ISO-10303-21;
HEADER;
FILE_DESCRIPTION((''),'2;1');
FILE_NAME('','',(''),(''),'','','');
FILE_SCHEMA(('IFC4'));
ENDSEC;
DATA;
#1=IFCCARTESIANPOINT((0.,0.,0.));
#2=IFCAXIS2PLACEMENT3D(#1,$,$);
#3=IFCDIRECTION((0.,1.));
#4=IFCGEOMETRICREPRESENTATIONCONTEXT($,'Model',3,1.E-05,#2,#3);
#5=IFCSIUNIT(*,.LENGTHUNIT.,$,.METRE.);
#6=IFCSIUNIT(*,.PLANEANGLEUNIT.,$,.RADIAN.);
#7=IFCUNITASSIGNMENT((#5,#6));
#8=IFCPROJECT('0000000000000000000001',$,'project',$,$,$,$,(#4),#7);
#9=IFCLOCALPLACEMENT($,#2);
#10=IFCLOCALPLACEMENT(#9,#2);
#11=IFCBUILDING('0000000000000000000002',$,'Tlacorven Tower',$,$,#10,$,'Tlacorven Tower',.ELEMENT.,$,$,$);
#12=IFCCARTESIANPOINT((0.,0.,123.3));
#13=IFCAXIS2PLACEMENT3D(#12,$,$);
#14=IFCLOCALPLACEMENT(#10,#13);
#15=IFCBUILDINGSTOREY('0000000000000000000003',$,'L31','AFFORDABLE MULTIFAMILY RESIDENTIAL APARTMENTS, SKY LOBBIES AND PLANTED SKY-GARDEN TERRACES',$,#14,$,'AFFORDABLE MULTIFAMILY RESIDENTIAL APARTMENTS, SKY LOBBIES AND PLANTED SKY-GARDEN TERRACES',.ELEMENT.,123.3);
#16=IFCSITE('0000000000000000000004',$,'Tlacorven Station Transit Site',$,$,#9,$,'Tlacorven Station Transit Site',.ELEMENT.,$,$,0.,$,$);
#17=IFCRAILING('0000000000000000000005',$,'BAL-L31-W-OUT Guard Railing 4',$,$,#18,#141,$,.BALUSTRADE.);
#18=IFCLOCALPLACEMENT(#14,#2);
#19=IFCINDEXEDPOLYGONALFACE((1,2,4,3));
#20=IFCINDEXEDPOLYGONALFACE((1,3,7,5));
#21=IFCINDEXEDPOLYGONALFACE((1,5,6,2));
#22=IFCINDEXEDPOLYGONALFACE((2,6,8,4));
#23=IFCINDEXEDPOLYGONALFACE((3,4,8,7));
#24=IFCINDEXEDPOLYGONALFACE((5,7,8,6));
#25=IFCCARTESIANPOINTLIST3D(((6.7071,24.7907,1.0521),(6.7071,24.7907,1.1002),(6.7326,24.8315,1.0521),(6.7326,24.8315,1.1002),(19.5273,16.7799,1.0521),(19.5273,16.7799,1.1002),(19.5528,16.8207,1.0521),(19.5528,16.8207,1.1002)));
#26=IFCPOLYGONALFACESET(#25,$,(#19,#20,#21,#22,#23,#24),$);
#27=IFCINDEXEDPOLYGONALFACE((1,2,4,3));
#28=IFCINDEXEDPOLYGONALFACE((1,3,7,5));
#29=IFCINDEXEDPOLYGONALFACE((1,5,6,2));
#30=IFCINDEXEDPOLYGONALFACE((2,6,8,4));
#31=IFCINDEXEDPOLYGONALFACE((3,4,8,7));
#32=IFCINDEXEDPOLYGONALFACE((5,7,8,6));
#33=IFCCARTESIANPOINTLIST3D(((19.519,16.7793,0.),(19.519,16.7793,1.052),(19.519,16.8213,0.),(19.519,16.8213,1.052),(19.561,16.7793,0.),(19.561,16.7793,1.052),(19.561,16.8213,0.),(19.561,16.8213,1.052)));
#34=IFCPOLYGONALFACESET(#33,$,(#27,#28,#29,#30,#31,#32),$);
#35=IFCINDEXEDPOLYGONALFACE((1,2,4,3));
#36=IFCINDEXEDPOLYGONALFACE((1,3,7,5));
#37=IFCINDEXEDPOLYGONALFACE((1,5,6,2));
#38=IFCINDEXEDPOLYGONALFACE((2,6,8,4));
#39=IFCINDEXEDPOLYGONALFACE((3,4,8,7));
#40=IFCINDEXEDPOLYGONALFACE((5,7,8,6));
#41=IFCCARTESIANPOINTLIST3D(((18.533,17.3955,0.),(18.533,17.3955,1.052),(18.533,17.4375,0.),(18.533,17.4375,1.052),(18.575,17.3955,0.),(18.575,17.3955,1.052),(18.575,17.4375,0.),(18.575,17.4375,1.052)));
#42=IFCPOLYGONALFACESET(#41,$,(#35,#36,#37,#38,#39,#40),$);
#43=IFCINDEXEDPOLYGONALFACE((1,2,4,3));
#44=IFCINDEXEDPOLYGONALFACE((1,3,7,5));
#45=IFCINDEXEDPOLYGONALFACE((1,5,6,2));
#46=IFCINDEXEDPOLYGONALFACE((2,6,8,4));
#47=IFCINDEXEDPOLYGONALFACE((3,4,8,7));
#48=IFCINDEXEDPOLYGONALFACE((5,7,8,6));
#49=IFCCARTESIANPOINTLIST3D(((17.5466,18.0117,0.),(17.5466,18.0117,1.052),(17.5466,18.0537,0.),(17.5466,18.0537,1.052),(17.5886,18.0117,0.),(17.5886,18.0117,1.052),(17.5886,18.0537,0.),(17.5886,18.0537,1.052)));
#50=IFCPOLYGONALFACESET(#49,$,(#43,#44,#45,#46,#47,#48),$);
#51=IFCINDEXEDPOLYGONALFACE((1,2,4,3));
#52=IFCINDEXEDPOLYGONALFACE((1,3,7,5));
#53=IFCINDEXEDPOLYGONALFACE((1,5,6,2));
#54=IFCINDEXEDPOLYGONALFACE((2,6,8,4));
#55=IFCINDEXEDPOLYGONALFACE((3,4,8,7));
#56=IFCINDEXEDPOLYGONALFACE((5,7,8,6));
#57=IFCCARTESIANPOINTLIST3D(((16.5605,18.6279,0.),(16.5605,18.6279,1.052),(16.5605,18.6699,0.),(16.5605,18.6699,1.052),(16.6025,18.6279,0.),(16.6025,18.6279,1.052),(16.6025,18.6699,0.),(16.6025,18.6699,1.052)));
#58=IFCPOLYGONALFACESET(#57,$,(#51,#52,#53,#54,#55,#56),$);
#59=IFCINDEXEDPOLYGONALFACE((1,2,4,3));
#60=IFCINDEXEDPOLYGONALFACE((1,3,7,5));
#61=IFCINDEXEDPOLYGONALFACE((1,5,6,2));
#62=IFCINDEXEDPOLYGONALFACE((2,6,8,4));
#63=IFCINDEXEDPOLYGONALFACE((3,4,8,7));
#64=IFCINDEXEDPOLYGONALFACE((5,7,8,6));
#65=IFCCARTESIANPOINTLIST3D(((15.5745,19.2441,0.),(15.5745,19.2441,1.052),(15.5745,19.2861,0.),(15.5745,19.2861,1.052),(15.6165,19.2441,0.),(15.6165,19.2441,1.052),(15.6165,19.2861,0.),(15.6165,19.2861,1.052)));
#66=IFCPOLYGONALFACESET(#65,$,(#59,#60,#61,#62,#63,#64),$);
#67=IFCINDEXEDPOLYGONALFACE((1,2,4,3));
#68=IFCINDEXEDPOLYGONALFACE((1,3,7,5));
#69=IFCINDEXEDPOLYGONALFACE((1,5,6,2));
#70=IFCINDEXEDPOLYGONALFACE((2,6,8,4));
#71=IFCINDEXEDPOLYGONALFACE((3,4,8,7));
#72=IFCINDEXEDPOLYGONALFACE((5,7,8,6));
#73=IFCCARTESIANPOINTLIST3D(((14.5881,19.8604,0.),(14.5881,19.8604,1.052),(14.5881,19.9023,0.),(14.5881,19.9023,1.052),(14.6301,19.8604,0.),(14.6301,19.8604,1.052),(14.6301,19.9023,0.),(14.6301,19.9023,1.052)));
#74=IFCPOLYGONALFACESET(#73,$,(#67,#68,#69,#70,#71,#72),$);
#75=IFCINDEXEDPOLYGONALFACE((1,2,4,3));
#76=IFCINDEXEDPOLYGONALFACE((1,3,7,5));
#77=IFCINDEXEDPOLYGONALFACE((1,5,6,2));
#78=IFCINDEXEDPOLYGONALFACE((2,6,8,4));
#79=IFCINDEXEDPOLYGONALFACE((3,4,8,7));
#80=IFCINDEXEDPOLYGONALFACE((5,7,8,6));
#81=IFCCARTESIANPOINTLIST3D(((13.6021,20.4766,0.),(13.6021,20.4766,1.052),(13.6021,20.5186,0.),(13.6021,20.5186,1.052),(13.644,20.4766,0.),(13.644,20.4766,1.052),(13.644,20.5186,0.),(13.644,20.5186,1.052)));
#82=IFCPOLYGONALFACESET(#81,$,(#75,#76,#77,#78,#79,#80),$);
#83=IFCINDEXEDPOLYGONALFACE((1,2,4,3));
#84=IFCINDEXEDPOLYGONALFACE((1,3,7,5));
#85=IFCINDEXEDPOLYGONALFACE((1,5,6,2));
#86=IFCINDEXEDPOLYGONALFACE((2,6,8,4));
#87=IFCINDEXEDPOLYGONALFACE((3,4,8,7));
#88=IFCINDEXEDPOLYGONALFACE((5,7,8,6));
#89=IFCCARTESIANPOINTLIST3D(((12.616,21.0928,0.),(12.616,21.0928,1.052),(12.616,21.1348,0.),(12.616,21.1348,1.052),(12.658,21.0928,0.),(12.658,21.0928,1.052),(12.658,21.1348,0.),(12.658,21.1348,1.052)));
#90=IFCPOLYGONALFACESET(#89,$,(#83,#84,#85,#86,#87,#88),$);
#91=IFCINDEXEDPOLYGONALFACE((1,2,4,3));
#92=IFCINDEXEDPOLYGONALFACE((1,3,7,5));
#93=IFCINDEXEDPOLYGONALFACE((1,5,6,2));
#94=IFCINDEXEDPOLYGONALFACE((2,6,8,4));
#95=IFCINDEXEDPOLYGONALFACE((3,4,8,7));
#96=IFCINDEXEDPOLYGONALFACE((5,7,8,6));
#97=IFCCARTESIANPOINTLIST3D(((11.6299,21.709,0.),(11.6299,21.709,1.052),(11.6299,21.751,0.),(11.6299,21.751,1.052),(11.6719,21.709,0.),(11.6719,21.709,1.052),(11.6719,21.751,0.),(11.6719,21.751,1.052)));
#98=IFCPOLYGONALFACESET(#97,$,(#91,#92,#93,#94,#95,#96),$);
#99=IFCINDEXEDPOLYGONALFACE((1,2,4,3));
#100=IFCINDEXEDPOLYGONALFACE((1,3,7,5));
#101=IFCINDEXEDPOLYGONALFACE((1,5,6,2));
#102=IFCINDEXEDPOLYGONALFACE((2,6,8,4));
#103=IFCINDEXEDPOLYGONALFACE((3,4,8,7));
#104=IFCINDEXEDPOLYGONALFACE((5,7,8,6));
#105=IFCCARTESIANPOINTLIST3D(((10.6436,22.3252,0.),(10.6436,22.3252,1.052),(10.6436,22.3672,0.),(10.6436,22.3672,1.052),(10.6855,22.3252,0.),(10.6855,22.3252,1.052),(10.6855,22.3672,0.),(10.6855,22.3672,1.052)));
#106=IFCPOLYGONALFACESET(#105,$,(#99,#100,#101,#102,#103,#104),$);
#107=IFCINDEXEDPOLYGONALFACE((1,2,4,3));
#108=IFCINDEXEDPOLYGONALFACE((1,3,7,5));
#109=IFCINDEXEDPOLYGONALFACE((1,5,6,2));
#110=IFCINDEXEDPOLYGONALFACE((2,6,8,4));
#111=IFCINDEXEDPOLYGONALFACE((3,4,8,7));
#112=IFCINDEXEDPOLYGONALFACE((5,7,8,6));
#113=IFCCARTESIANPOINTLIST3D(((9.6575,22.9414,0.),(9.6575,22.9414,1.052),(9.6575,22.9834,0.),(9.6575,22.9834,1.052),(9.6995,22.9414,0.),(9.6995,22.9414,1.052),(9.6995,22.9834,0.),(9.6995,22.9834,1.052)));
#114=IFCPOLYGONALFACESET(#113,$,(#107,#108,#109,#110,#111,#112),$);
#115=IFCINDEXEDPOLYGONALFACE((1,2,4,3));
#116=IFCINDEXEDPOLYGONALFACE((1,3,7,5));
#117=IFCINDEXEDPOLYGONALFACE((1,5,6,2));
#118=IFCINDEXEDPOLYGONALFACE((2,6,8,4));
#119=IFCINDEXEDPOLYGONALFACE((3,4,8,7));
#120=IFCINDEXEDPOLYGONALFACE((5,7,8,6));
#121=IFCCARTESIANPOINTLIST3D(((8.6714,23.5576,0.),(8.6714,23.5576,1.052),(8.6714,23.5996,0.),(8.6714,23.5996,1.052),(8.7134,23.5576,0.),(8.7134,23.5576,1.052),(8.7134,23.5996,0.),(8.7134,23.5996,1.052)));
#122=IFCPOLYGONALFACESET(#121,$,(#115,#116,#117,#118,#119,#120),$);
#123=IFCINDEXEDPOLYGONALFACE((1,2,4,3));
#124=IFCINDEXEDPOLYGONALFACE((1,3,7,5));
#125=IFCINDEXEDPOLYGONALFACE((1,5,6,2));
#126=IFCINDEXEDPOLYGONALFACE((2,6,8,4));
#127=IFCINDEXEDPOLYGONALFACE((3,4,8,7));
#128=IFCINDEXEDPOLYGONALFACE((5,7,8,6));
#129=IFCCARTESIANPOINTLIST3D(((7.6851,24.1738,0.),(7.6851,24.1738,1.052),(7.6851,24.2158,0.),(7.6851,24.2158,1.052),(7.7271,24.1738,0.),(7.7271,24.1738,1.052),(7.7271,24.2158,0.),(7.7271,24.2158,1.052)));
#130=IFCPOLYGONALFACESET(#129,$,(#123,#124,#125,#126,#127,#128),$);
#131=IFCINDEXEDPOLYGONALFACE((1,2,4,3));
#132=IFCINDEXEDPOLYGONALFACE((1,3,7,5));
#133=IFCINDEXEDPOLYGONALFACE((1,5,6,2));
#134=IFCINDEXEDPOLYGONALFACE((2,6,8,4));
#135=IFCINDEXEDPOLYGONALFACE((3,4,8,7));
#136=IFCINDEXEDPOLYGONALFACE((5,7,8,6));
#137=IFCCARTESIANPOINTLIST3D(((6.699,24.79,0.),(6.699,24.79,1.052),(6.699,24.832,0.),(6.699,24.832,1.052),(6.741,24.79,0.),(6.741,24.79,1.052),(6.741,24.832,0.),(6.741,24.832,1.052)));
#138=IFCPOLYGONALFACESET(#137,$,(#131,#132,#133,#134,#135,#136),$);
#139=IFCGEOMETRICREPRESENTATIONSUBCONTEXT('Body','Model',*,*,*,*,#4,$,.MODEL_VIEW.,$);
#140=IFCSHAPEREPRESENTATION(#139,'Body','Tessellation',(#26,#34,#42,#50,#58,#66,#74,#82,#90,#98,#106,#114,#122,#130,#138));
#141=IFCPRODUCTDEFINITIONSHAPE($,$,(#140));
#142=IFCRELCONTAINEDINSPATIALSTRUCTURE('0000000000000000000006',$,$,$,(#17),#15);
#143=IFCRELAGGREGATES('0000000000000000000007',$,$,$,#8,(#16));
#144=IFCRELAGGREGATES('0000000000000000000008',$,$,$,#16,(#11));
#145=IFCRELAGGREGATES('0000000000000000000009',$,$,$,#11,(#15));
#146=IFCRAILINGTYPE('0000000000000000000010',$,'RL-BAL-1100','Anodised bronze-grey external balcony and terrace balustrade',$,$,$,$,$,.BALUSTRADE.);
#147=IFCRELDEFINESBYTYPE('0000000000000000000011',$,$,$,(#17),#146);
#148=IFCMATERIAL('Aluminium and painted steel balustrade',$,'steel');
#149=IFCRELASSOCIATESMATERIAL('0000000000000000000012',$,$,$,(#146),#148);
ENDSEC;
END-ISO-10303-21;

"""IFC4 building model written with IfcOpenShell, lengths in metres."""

from ifc_helpers import new_model, si_unit, direction, frame, origin, origin_2d, place, context, subcontext, project, spatial, rectangle, extrude, source, transform, mapped, material, type_object, element, save


model = new_model("IFC4")

# Units and contexts
model_context = context("Model", 3, precision=1e-05, world=origin(), true_north=direction((0.0, 1.0)))
body_context = subcontext(model_context, "Body", "Model", "MODEL_VIEW")
ifc_project = project(units=[si_unit("LENGTHUNIT", "METRE"), si_unit("PLANEANGLEUNIT", "RADIAN")], contexts=[model_context])

# Site, building, storey
site_placement = place(None, origin())
site = spatial("IfcSite", under=ifc_project, at=site_placement, Name="Tlacorven Station Transit Site", LongName="Tlacorven Station Transit Site", CompositionType="ELEMENT", RefElevation=0.0)
building_placement = place(site_placement, origin())
building = spatial("IfcBuilding", under=site, at=building_placement, Name="Tlacorven Tower", LongName="Tlacorven Tower", CompositionType="ELEMENT")
storey_placement = place(building_placement, frame((0.0, 0.0, 123.3)))
storey = spatial("IfcBuildingStorey", under=building, at=storey_placement, Name="L31", Description="AFFORDABLE MULTIFAMILY RESIDENTIAL APARTMENTS, SKY LOBBIES AND PLANTED SKY-GARDEN TERRACES", LongName="AFFORDABLE MULTIFAMILY RESIDENTIAL APARTMENTS, SKY LOBBIES AND PLANTED SKY-GARDEN TERRACES", CompositionType="ELEMENT", Elevation=123.3)

# Railing
ifc_material_1 = material(Name="Aluminium and painted steel balustrade", Category="steel")
railing_type = type_object("IfcRailingType", Name="RL-BAL-1100", Description="Anodised bronze-grey external balcony and terrace balustrade", PredefinedType="BALUSTRADE", material=ifc_material_1)
shared_shape_1 = source(origin(), body_context, "Body", "SweptSolid", [
    extrude(rectangle(XDim=0.0481, YDim=0.0481, at=origin_2d()), frame((0.0, 0.0, 1.0762), z_axis=(-0.848052, 0.529913, 0.0), x_axis=(-0.529913, -0.848052, 0.0)), (0.0, 0.0, 1.0), 15.1172),
    extrude(rectangle(XDim=0.042, YDim=0.042, at=origin_2d()), origin(), (0.0, 0.0, 1.0), 1.052),
    extrude(rectangle(XDim=0.042, YDim=0.042, at=origin_2d()), frame((-0.9861, 0.6162, 0.0)), (0.0, 0.0, 1.0), 1.052),
    extrude(rectangle(XDim=0.042, YDim=0.042, at=origin_2d()), frame((-1.9724, 1.2324, 0.0)), (0.0, 0.0, 1.0), 1.052),
    extrude(rectangle(XDim=0.042, YDim=0.042, at=origin_2d()), frame((-2.9585, 1.8486, 0.0)), (0.0, 0.0, 1.0), 1.052),
    extrude(rectangle(XDim=0.042, YDim=0.042, at=origin_2d()), frame((-3.9446, 2.4648, 0.0)), (0.0, 0.0, 1.0), 1.052),
    extrude(rectangle(XDim=0.042, YDim=0.042, at=origin_2d()), frame((-4.9309, 3.0811, 0.0)), (0.0, 0.0, 1.0), 1.052),
    extrude(rectangle(XDim=0.042, YDim=0.042, at=origin_2d()), frame((-5.917, 3.6973, 0.0)), (0.0, 0.0, 1.0), 1.052),
    extrude(rectangle(XDim=0.042, YDim=0.042, at=origin_2d()), frame((-6.9031, 4.3135, 0.0)), (0.0, 0.0, 1.0), 1.052),
    extrude(rectangle(XDim=0.042, YDim=0.042, at=origin_2d()), frame((-7.8892, 4.9297, 0.0)), (0.0, 0.0, 1.0), 1.052),
    extrude(rectangle(XDim=0.042, YDim=0.042, at=origin_2d()), frame((-8.8755, 5.5459, 0.0)), (0.0, 0.0, 1.0), 1.052),
    extrude(rectangle(XDim=0.042, YDim=0.042, at=origin_2d()), frame((-9.8616, 6.1621, 0.0)), (0.0, 0.0, 1.0), 1.052),
    extrude(rectangle(XDim=0.042, YDim=0.042, at=origin_2d()), frame((-10.8477, 6.7783, 0.0)), (0.0, 0.0, 1.0), 1.052),
    extrude(rectangle(XDim=0.042, YDim=0.042, at=origin_2d()), frame((-11.834, 7.3945, 0.0)), (0.0, 0.0, 1.0), 1.052),
    extrude(rectangle(XDim=0.042, YDim=0.042, at=origin_2d()), frame((-12.8201, 8.0107, 0.0)), (0.0, 0.0, 1.0), 1.052),
])
railing_1_placement = place(storey_placement, frame((19.54, 16.8003, 0.0)))
element("IfcRailing", 1, at=railing_1_placement, inside=storey, type_object=railing_type, Name="BAL-L31-W-OUT Guard Railing 4", PredefinedType="BALUSTRADE", context=body_context, shape_type="MappedRepresentation", body=[
    mapped(shared_shape_1, transform((0.0, 0.0, 0.0), scale=1.0)),
])

save(model, "model.ifc")
